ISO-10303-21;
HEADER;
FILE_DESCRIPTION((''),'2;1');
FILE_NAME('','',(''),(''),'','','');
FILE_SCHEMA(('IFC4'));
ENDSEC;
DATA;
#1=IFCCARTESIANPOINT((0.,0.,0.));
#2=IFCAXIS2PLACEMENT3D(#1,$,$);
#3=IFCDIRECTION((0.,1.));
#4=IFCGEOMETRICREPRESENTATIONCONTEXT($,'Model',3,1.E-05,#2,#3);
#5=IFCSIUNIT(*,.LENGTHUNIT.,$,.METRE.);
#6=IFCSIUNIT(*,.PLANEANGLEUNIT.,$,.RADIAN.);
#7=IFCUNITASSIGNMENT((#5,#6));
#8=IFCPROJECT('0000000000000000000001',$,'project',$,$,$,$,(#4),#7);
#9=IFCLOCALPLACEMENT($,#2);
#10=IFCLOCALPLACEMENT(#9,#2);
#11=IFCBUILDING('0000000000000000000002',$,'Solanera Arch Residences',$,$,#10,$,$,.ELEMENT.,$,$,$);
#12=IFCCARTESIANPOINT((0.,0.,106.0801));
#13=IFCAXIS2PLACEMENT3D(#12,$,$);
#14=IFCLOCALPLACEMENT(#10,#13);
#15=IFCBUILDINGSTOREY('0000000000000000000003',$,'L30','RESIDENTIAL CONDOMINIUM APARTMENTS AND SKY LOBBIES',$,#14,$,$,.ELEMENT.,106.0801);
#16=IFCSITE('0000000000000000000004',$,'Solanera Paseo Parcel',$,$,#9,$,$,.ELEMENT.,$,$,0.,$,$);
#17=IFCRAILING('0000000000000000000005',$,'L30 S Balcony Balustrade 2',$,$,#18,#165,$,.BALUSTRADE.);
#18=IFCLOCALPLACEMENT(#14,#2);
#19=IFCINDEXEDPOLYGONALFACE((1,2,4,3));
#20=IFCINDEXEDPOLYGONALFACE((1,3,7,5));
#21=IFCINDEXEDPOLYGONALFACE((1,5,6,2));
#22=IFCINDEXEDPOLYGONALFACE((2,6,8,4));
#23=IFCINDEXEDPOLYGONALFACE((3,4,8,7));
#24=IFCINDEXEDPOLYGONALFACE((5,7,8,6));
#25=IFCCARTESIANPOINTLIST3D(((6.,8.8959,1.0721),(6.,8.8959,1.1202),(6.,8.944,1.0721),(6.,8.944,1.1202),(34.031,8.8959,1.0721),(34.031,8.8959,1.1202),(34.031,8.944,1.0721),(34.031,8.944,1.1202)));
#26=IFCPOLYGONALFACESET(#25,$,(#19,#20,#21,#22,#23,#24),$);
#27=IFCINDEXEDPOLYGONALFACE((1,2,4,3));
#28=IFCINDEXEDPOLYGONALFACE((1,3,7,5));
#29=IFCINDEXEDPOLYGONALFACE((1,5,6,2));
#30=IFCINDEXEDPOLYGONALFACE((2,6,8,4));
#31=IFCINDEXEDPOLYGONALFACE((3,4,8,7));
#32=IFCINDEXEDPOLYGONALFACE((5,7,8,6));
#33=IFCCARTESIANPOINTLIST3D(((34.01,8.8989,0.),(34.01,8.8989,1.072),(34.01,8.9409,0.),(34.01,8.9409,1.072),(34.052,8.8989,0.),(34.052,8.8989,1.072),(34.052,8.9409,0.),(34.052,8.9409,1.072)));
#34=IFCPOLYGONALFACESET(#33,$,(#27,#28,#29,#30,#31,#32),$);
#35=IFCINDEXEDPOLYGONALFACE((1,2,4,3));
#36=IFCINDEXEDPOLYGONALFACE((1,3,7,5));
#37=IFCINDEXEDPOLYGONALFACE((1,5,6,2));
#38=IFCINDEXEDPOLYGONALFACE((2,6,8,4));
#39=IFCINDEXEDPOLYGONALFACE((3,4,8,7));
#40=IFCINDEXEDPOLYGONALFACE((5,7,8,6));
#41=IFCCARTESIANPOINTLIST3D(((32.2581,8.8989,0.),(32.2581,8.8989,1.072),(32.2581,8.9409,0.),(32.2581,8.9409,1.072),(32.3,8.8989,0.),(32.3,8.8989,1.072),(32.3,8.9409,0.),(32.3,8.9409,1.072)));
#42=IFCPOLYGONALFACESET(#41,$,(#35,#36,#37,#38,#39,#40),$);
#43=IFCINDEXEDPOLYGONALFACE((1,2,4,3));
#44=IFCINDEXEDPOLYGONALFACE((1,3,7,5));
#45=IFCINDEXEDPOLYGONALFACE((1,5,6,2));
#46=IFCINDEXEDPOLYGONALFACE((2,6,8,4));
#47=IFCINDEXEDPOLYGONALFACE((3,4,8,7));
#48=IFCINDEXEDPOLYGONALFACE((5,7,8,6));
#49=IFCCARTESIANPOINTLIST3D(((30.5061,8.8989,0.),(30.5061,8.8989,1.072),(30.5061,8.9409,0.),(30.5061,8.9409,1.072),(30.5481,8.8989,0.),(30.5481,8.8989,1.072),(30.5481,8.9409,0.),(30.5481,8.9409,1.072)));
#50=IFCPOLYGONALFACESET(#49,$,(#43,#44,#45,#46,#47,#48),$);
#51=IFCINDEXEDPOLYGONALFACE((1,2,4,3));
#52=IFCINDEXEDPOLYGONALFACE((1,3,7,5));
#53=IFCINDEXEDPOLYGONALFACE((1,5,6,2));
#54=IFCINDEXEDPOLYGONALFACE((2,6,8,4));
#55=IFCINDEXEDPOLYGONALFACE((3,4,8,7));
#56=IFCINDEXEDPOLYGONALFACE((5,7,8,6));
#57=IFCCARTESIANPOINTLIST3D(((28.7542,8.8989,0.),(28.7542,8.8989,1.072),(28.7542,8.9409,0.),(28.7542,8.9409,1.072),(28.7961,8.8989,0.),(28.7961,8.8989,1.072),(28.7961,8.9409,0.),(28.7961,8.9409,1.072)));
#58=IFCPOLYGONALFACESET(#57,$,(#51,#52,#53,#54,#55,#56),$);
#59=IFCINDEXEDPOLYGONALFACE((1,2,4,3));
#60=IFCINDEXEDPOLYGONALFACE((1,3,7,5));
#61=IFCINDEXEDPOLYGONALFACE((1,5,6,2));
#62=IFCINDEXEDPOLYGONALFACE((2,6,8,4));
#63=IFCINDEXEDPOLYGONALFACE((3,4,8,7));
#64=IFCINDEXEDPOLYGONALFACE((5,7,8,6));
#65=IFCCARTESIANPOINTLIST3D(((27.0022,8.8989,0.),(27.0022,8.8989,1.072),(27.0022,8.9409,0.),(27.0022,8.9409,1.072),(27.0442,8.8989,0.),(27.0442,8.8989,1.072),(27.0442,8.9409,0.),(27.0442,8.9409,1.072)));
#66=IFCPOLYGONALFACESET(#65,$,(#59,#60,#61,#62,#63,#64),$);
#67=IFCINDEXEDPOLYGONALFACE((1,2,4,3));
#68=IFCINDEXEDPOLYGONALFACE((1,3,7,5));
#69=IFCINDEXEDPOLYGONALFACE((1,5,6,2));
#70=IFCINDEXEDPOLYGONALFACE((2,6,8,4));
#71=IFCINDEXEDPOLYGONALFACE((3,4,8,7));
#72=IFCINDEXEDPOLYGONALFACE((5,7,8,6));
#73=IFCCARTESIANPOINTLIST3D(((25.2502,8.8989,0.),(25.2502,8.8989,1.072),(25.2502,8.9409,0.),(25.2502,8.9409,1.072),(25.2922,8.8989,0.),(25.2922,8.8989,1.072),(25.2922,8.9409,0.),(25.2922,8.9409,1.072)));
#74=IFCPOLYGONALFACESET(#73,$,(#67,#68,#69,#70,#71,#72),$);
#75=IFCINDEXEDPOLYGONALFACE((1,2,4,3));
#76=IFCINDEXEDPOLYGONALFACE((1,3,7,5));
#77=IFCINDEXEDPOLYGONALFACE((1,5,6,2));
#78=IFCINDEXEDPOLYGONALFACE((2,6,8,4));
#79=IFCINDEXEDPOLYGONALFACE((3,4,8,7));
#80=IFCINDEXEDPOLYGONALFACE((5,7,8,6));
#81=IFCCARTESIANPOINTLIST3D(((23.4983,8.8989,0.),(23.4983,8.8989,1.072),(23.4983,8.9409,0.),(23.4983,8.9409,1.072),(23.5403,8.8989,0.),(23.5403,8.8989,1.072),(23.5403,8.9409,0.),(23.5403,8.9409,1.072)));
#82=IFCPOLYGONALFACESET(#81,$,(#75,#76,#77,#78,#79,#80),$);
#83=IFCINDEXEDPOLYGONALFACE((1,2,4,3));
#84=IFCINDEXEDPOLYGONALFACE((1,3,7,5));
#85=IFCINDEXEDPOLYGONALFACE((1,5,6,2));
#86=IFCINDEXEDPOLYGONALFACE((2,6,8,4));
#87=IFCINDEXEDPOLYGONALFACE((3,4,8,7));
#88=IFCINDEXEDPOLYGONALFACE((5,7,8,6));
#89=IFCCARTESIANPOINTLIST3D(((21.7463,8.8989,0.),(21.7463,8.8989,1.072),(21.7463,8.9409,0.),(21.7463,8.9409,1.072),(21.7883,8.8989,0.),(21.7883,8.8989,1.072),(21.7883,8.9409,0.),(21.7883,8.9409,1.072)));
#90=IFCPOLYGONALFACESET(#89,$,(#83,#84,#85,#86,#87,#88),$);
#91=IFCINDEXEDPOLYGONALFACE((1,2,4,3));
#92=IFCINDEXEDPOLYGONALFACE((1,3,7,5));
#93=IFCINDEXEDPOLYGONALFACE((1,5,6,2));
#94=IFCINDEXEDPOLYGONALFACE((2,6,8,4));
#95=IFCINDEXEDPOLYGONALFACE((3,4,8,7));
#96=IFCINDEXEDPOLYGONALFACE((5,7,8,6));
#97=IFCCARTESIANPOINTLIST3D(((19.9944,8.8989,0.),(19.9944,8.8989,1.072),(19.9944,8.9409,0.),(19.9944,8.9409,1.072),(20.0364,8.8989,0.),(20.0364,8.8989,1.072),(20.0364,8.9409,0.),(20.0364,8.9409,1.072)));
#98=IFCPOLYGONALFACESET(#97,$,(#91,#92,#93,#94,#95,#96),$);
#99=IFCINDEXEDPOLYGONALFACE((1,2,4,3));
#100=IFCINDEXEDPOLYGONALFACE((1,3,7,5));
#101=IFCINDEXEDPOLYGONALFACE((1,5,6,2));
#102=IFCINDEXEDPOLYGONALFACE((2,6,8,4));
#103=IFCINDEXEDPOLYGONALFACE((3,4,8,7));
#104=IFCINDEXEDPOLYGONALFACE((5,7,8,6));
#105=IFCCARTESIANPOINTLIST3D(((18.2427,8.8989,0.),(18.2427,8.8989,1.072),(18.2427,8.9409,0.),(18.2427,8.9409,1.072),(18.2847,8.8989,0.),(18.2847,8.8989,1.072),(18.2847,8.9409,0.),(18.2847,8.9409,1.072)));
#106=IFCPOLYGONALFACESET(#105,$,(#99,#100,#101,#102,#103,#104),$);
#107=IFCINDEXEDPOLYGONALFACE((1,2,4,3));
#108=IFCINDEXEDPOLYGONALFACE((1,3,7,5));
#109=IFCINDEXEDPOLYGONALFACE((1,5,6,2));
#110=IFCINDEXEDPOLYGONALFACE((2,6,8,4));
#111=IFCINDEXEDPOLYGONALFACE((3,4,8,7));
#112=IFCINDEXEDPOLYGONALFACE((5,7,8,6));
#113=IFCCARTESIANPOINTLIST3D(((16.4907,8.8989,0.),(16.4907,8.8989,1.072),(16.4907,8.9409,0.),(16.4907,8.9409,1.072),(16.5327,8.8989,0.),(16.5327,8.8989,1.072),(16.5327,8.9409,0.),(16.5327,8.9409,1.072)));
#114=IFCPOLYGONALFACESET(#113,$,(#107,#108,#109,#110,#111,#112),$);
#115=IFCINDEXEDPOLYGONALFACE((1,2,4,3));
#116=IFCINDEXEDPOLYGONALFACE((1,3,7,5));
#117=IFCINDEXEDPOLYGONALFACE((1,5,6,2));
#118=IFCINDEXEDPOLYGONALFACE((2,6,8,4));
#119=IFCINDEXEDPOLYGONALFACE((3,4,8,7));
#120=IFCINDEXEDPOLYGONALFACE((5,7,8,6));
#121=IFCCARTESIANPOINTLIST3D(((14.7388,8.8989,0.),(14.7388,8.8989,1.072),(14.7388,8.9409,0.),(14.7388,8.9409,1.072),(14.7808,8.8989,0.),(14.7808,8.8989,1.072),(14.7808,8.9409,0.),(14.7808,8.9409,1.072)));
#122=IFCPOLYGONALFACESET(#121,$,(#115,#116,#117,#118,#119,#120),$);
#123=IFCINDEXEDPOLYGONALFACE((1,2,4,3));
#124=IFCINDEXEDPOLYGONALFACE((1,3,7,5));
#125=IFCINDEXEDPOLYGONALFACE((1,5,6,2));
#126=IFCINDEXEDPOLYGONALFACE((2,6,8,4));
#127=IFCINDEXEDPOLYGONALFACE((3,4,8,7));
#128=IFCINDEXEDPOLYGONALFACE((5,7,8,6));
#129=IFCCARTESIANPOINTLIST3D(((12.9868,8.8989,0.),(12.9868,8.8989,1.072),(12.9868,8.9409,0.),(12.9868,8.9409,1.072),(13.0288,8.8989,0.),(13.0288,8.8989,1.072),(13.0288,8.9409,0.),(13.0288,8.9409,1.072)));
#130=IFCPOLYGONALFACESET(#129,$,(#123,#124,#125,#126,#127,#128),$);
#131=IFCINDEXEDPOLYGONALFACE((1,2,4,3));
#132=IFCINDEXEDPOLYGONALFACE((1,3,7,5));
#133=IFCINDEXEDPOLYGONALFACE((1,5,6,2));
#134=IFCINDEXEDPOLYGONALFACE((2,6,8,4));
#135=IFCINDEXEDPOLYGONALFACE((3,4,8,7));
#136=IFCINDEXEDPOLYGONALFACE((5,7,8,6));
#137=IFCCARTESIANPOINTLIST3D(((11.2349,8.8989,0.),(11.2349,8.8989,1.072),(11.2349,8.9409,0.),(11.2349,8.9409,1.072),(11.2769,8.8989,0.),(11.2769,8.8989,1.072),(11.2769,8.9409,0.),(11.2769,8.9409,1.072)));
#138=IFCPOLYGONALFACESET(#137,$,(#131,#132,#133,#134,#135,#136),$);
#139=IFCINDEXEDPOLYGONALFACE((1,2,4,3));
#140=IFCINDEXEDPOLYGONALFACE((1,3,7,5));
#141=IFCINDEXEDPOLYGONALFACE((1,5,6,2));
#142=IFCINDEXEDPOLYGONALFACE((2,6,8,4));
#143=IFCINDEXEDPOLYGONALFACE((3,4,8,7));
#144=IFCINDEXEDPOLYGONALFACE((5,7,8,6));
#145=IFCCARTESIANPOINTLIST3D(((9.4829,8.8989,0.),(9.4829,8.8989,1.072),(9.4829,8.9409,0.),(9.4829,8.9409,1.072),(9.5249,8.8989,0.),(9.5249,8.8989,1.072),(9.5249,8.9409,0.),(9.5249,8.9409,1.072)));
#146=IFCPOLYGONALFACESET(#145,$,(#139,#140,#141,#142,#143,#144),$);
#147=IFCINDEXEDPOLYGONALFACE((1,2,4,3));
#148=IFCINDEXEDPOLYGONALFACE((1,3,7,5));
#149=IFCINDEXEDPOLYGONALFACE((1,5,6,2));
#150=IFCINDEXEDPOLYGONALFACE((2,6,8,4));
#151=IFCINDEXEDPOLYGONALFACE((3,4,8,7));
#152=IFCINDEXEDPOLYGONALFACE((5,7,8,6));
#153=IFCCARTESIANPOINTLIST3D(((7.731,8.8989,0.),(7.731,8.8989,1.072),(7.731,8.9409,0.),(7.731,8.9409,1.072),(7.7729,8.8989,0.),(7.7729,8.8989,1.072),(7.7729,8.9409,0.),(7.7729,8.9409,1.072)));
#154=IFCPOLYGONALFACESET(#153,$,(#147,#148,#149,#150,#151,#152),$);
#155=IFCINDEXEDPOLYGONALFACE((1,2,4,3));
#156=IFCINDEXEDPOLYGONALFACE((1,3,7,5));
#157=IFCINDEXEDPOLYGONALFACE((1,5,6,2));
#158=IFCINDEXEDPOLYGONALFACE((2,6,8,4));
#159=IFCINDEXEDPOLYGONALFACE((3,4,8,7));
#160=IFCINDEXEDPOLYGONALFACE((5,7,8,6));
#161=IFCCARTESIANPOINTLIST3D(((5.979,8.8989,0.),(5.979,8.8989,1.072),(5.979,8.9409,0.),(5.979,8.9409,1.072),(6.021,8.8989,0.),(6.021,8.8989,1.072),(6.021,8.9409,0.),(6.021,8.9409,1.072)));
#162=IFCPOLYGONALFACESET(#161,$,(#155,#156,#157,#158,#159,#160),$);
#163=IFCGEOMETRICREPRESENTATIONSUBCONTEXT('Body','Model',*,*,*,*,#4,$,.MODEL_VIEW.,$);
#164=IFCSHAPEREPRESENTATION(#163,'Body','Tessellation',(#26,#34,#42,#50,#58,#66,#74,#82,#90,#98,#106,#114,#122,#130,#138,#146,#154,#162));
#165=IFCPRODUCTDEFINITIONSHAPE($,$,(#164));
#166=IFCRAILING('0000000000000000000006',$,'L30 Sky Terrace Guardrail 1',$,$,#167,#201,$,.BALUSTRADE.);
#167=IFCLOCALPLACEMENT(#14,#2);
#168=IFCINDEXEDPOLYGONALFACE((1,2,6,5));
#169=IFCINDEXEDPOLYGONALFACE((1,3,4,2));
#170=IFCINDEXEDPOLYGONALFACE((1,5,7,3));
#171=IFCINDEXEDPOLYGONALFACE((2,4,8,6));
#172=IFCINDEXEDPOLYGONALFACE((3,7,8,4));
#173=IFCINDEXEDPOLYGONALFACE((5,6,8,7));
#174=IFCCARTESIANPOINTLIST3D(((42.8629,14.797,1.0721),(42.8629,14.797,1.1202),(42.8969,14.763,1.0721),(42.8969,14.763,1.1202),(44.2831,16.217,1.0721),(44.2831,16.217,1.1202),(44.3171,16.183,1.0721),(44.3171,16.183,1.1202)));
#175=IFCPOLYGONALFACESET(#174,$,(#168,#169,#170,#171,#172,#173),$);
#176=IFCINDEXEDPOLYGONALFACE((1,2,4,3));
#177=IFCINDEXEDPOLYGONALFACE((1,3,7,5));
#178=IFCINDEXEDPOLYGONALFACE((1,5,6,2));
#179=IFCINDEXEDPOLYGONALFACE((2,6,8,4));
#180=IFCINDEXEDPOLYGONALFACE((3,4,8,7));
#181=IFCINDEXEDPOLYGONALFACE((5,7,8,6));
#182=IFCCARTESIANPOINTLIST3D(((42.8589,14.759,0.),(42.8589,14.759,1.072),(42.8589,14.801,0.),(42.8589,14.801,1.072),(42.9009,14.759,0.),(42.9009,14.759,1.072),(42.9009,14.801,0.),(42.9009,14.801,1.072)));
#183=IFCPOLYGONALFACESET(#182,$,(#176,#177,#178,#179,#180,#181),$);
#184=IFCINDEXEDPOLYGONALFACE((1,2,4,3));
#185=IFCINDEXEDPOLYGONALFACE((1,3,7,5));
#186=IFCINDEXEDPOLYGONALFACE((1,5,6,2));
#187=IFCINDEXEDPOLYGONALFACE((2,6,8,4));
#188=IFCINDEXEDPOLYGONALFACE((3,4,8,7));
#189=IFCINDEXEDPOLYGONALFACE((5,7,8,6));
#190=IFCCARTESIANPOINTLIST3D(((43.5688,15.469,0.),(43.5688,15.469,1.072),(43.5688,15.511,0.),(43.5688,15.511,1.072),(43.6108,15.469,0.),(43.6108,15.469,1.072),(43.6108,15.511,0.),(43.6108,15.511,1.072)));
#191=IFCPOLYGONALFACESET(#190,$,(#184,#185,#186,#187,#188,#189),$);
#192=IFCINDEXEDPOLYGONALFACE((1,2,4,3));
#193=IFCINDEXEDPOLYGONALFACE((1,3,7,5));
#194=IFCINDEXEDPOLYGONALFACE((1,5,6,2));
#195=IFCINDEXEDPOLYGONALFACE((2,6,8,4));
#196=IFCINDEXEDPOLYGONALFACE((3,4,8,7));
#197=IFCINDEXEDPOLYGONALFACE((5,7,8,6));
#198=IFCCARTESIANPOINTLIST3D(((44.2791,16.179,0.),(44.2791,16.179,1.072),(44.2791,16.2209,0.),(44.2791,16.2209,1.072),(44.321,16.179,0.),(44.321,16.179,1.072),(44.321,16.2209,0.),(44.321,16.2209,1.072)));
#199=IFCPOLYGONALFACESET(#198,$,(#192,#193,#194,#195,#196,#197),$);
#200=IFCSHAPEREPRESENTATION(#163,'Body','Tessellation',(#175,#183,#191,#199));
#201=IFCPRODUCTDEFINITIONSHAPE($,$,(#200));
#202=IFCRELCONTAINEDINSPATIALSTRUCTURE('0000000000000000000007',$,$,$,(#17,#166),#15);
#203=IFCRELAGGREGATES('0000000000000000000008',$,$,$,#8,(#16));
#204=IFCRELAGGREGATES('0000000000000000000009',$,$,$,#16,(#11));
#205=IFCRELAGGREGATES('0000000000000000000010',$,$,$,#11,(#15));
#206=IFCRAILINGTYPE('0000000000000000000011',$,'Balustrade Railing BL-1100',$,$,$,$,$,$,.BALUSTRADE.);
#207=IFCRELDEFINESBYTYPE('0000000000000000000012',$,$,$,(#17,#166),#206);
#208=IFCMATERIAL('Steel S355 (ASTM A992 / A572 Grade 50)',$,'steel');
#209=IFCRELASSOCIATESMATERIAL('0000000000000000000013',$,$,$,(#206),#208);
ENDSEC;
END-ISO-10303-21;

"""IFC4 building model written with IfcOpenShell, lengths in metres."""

from ifc_helpers import new_model, si_unit, direction, frame, origin, origin_2d, place, context, subcontext, project, spatial, rectangle, extrude, material, type_object, element, save


model = new_model("IFC4")

# Units and contexts
model_context = context("Model", 3, precision=1e-05, world=origin(), true_north=direction((0.0, 1.0)))
body_context = subcontext(model_context, "Body", "Model", "MODEL_VIEW")
ifc_project = project(units=[si_unit("LENGTHUNIT", "METRE"), si_unit("PLANEANGLEUNIT", "RADIAN")], contexts=[model_context])

# Site, building, storey
site_placement = place(None, origin())
site = spatial("IfcSite", under=ifc_project, at=site_placement, Name="Solanera Paseo Parcel", CompositionType="ELEMENT", RefElevation=0.0)
building_placement = place(site_placement, origin())
building = spatial("IfcBuilding", under=site, at=building_placement, Name="Solanera Arch Residences", CompositionType="ELEMENT")
storey_placement = place(building_placement, frame((0.0, 0.0, 106.0801)))
storey = spatial("IfcBuildingStorey", under=building, at=storey_placement, Name="L30", Description="RESIDENTIAL CONDOMINIUM APARTMENTS AND SKY LOBBIES", CompositionType="ELEMENT", Elevation=106.0801)

# Railings
ifc_material_1 = material(Name="Steel S355 (ASTM A992 / A572 Grade 50)", Category="steel")
railing_type = type_object("IfcRailingType", Name="Balustrade Railing BL-1100", PredefinedType="BALUSTRADE", material=ifc_material_1)
railing_1_placement = place(storey_placement, frame((34.031, 8.9199, 0.0)))
element("IfcRailing", 1, at=railing_1_placement, inside=storey, type_object=railing_type, Name="L30 S Balcony Balustrade 2", PredefinedType="BALUSTRADE", context=body_context, shape_type="SweptSolid", body=[
    extrude(rectangle(XDim=0.0481, YDim=0.0481, at=origin_2d()), frame((0.0, 0.0, 1.0962), z_axis=(-1.0, 0.0, 0.0), x_axis=(0.0, -1.0, 0.0)), (0.0, 0.0, 1.0), 28.031),
    extrude(rectangle(XDim=0.042, YDim=0.042, at=origin_2d()), origin(), (0.0, 0.0, 1.0), 1.072),
    extrude(rectangle(XDim=0.042, YDim=0.042, at=origin_2d()), frame((-1.752, 0.0, 0.0)), (0.0, 0.0, 1.0), 1.072),
    extrude(rectangle(XDim=0.042, YDim=0.042, at=origin_2d()), frame((-3.5039, 0.0, 0.0)), (0.0, 0.0, 1.0), 1.072),
    extrude(rectangle(XDim=0.042, YDim=0.042, at=origin_2d()), frame((-5.2559, 0.0, 0.0)), (0.0, 0.0, 1.0), 1.072),
    extrude(rectangle(XDim=0.042, YDim=0.042, at=origin_2d()), frame((-7.0078, 0.0, 0.0)), (0.0, 0.0, 1.0), 1.072),
    extrude(rectangle(XDim=0.042, YDim=0.042, at=origin_2d()), frame((-8.7598, 0.0, 0.0)), (0.0, 0.0, 1.0), 1.072),
    extrude(rectangle(XDim=0.042, YDim=0.042, at=origin_2d()), frame((-10.5117, 0.0, 0.0)), (0.0, 0.0, 1.0), 1.072),
    extrude(rectangle(XDim=0.042, YDim=0.042, at=origin_2d()), frame((-12.2637, 0.0, 0.0)), (0.0, 0.0, 1.0), 1.072),
    extrude(rectangle(XDim=0.042, YDim=0.042, at=origin_2d()), frame((-14.0156, 0.0, 0.0)), (0.0, 0.0, 1.0), 1.072),
    extrude(rectangle(XDim=0.042, YDim=0.042, at=origin_2d()), frame((-15.7673, 0.0, 0.0)), (0.0, 0.0, 1.0), 1.072),
    extrude(rectangle(XDim=0.042, YDim=0.042, at=origin_2d()), frame((-17.5193, 0.0, 0.0)), (0.0, 0.0, 1.0), 1.072),
    extrude(rectangle(XDim=0.042, YDim=0.042, at=origin_2d()), frame((-19.2712, 0.0, 0.0)), (0.0, 0.0, 1.0), 1.072),
    extrude(rectangle(XDim=0.042, YDim=0.042, at=origin_2d()), frame((-21.0232, 0.0, 0.0)), (0.0, 0.0, 1.0), 1.072),
    extrude(rectangle(XDim=0.042, YDim=0.042, at=origin_2d()), frame((-22.7751, 0.0, 0.0)), (0.0, 0.0, 1.0), 1.072),
    extrude(rectangle(XDim=0.042, YDim=0.042, at=origin_2d()), frame((-24.5271, 0.0, 0.0)), (0.0, 0.0, 1.0), 1.072),
    extrude(rectangle(XDim=0.042, YDim=0.042, at=origin_2d()), frame((-26.2791, 0.0, 0.0)), (0.0, 0.0, 1.0), 1.072),
    extrude(rectangle(XDim=0.042, YDim=0.042, at=origin_2d()), frame((-28.031, 0.0, 0.0)), (0.0, 0.0, 1.0), 1.072),
])
railing_2_placement = place(storey_placement, frame((42.8799, 14.78, 0.0)))
element("IfcRailing", 2, at=railing_2_placement, inside=storey, type_object=railing_type, Name="L30 Sky Terrace Guardrail 1", PredefinedType="BALUSTRADE", context=body_context, shape_type="SweptSolid", body=[
    extrude(rectangle(XDim=0.0481, YDim=0.0481, at=origin_2d()), frame((0.0, 0.0, 1.0962), z_axis=(0.707168, 0.707046, 0.0), x_axis=(-0.707046, 0.707168, 0.0)), (0.0, 0.0, 1.0), 2.0083),
    extrude(rectangle(XDim=0.042, YDim=0.042, at=origin_2d()), origin(), (0.0, 0.0, 1.0), 1.072),
    extrude(rectangle(XDim=0.042, YDim=0.042, at=origin_2d()), frame((0.71, 0.71, 0.0)), (0.0, 0.0, 1.0), 1.072),
    extrude(rectangle(XDim=0.042, YDim=0.042, at=origin_2d()), frame((1.4202, 1.4199, 0.0)), (0.0, 0.0, 1.0), 1.072),
])

save(model, "model.ifc")
